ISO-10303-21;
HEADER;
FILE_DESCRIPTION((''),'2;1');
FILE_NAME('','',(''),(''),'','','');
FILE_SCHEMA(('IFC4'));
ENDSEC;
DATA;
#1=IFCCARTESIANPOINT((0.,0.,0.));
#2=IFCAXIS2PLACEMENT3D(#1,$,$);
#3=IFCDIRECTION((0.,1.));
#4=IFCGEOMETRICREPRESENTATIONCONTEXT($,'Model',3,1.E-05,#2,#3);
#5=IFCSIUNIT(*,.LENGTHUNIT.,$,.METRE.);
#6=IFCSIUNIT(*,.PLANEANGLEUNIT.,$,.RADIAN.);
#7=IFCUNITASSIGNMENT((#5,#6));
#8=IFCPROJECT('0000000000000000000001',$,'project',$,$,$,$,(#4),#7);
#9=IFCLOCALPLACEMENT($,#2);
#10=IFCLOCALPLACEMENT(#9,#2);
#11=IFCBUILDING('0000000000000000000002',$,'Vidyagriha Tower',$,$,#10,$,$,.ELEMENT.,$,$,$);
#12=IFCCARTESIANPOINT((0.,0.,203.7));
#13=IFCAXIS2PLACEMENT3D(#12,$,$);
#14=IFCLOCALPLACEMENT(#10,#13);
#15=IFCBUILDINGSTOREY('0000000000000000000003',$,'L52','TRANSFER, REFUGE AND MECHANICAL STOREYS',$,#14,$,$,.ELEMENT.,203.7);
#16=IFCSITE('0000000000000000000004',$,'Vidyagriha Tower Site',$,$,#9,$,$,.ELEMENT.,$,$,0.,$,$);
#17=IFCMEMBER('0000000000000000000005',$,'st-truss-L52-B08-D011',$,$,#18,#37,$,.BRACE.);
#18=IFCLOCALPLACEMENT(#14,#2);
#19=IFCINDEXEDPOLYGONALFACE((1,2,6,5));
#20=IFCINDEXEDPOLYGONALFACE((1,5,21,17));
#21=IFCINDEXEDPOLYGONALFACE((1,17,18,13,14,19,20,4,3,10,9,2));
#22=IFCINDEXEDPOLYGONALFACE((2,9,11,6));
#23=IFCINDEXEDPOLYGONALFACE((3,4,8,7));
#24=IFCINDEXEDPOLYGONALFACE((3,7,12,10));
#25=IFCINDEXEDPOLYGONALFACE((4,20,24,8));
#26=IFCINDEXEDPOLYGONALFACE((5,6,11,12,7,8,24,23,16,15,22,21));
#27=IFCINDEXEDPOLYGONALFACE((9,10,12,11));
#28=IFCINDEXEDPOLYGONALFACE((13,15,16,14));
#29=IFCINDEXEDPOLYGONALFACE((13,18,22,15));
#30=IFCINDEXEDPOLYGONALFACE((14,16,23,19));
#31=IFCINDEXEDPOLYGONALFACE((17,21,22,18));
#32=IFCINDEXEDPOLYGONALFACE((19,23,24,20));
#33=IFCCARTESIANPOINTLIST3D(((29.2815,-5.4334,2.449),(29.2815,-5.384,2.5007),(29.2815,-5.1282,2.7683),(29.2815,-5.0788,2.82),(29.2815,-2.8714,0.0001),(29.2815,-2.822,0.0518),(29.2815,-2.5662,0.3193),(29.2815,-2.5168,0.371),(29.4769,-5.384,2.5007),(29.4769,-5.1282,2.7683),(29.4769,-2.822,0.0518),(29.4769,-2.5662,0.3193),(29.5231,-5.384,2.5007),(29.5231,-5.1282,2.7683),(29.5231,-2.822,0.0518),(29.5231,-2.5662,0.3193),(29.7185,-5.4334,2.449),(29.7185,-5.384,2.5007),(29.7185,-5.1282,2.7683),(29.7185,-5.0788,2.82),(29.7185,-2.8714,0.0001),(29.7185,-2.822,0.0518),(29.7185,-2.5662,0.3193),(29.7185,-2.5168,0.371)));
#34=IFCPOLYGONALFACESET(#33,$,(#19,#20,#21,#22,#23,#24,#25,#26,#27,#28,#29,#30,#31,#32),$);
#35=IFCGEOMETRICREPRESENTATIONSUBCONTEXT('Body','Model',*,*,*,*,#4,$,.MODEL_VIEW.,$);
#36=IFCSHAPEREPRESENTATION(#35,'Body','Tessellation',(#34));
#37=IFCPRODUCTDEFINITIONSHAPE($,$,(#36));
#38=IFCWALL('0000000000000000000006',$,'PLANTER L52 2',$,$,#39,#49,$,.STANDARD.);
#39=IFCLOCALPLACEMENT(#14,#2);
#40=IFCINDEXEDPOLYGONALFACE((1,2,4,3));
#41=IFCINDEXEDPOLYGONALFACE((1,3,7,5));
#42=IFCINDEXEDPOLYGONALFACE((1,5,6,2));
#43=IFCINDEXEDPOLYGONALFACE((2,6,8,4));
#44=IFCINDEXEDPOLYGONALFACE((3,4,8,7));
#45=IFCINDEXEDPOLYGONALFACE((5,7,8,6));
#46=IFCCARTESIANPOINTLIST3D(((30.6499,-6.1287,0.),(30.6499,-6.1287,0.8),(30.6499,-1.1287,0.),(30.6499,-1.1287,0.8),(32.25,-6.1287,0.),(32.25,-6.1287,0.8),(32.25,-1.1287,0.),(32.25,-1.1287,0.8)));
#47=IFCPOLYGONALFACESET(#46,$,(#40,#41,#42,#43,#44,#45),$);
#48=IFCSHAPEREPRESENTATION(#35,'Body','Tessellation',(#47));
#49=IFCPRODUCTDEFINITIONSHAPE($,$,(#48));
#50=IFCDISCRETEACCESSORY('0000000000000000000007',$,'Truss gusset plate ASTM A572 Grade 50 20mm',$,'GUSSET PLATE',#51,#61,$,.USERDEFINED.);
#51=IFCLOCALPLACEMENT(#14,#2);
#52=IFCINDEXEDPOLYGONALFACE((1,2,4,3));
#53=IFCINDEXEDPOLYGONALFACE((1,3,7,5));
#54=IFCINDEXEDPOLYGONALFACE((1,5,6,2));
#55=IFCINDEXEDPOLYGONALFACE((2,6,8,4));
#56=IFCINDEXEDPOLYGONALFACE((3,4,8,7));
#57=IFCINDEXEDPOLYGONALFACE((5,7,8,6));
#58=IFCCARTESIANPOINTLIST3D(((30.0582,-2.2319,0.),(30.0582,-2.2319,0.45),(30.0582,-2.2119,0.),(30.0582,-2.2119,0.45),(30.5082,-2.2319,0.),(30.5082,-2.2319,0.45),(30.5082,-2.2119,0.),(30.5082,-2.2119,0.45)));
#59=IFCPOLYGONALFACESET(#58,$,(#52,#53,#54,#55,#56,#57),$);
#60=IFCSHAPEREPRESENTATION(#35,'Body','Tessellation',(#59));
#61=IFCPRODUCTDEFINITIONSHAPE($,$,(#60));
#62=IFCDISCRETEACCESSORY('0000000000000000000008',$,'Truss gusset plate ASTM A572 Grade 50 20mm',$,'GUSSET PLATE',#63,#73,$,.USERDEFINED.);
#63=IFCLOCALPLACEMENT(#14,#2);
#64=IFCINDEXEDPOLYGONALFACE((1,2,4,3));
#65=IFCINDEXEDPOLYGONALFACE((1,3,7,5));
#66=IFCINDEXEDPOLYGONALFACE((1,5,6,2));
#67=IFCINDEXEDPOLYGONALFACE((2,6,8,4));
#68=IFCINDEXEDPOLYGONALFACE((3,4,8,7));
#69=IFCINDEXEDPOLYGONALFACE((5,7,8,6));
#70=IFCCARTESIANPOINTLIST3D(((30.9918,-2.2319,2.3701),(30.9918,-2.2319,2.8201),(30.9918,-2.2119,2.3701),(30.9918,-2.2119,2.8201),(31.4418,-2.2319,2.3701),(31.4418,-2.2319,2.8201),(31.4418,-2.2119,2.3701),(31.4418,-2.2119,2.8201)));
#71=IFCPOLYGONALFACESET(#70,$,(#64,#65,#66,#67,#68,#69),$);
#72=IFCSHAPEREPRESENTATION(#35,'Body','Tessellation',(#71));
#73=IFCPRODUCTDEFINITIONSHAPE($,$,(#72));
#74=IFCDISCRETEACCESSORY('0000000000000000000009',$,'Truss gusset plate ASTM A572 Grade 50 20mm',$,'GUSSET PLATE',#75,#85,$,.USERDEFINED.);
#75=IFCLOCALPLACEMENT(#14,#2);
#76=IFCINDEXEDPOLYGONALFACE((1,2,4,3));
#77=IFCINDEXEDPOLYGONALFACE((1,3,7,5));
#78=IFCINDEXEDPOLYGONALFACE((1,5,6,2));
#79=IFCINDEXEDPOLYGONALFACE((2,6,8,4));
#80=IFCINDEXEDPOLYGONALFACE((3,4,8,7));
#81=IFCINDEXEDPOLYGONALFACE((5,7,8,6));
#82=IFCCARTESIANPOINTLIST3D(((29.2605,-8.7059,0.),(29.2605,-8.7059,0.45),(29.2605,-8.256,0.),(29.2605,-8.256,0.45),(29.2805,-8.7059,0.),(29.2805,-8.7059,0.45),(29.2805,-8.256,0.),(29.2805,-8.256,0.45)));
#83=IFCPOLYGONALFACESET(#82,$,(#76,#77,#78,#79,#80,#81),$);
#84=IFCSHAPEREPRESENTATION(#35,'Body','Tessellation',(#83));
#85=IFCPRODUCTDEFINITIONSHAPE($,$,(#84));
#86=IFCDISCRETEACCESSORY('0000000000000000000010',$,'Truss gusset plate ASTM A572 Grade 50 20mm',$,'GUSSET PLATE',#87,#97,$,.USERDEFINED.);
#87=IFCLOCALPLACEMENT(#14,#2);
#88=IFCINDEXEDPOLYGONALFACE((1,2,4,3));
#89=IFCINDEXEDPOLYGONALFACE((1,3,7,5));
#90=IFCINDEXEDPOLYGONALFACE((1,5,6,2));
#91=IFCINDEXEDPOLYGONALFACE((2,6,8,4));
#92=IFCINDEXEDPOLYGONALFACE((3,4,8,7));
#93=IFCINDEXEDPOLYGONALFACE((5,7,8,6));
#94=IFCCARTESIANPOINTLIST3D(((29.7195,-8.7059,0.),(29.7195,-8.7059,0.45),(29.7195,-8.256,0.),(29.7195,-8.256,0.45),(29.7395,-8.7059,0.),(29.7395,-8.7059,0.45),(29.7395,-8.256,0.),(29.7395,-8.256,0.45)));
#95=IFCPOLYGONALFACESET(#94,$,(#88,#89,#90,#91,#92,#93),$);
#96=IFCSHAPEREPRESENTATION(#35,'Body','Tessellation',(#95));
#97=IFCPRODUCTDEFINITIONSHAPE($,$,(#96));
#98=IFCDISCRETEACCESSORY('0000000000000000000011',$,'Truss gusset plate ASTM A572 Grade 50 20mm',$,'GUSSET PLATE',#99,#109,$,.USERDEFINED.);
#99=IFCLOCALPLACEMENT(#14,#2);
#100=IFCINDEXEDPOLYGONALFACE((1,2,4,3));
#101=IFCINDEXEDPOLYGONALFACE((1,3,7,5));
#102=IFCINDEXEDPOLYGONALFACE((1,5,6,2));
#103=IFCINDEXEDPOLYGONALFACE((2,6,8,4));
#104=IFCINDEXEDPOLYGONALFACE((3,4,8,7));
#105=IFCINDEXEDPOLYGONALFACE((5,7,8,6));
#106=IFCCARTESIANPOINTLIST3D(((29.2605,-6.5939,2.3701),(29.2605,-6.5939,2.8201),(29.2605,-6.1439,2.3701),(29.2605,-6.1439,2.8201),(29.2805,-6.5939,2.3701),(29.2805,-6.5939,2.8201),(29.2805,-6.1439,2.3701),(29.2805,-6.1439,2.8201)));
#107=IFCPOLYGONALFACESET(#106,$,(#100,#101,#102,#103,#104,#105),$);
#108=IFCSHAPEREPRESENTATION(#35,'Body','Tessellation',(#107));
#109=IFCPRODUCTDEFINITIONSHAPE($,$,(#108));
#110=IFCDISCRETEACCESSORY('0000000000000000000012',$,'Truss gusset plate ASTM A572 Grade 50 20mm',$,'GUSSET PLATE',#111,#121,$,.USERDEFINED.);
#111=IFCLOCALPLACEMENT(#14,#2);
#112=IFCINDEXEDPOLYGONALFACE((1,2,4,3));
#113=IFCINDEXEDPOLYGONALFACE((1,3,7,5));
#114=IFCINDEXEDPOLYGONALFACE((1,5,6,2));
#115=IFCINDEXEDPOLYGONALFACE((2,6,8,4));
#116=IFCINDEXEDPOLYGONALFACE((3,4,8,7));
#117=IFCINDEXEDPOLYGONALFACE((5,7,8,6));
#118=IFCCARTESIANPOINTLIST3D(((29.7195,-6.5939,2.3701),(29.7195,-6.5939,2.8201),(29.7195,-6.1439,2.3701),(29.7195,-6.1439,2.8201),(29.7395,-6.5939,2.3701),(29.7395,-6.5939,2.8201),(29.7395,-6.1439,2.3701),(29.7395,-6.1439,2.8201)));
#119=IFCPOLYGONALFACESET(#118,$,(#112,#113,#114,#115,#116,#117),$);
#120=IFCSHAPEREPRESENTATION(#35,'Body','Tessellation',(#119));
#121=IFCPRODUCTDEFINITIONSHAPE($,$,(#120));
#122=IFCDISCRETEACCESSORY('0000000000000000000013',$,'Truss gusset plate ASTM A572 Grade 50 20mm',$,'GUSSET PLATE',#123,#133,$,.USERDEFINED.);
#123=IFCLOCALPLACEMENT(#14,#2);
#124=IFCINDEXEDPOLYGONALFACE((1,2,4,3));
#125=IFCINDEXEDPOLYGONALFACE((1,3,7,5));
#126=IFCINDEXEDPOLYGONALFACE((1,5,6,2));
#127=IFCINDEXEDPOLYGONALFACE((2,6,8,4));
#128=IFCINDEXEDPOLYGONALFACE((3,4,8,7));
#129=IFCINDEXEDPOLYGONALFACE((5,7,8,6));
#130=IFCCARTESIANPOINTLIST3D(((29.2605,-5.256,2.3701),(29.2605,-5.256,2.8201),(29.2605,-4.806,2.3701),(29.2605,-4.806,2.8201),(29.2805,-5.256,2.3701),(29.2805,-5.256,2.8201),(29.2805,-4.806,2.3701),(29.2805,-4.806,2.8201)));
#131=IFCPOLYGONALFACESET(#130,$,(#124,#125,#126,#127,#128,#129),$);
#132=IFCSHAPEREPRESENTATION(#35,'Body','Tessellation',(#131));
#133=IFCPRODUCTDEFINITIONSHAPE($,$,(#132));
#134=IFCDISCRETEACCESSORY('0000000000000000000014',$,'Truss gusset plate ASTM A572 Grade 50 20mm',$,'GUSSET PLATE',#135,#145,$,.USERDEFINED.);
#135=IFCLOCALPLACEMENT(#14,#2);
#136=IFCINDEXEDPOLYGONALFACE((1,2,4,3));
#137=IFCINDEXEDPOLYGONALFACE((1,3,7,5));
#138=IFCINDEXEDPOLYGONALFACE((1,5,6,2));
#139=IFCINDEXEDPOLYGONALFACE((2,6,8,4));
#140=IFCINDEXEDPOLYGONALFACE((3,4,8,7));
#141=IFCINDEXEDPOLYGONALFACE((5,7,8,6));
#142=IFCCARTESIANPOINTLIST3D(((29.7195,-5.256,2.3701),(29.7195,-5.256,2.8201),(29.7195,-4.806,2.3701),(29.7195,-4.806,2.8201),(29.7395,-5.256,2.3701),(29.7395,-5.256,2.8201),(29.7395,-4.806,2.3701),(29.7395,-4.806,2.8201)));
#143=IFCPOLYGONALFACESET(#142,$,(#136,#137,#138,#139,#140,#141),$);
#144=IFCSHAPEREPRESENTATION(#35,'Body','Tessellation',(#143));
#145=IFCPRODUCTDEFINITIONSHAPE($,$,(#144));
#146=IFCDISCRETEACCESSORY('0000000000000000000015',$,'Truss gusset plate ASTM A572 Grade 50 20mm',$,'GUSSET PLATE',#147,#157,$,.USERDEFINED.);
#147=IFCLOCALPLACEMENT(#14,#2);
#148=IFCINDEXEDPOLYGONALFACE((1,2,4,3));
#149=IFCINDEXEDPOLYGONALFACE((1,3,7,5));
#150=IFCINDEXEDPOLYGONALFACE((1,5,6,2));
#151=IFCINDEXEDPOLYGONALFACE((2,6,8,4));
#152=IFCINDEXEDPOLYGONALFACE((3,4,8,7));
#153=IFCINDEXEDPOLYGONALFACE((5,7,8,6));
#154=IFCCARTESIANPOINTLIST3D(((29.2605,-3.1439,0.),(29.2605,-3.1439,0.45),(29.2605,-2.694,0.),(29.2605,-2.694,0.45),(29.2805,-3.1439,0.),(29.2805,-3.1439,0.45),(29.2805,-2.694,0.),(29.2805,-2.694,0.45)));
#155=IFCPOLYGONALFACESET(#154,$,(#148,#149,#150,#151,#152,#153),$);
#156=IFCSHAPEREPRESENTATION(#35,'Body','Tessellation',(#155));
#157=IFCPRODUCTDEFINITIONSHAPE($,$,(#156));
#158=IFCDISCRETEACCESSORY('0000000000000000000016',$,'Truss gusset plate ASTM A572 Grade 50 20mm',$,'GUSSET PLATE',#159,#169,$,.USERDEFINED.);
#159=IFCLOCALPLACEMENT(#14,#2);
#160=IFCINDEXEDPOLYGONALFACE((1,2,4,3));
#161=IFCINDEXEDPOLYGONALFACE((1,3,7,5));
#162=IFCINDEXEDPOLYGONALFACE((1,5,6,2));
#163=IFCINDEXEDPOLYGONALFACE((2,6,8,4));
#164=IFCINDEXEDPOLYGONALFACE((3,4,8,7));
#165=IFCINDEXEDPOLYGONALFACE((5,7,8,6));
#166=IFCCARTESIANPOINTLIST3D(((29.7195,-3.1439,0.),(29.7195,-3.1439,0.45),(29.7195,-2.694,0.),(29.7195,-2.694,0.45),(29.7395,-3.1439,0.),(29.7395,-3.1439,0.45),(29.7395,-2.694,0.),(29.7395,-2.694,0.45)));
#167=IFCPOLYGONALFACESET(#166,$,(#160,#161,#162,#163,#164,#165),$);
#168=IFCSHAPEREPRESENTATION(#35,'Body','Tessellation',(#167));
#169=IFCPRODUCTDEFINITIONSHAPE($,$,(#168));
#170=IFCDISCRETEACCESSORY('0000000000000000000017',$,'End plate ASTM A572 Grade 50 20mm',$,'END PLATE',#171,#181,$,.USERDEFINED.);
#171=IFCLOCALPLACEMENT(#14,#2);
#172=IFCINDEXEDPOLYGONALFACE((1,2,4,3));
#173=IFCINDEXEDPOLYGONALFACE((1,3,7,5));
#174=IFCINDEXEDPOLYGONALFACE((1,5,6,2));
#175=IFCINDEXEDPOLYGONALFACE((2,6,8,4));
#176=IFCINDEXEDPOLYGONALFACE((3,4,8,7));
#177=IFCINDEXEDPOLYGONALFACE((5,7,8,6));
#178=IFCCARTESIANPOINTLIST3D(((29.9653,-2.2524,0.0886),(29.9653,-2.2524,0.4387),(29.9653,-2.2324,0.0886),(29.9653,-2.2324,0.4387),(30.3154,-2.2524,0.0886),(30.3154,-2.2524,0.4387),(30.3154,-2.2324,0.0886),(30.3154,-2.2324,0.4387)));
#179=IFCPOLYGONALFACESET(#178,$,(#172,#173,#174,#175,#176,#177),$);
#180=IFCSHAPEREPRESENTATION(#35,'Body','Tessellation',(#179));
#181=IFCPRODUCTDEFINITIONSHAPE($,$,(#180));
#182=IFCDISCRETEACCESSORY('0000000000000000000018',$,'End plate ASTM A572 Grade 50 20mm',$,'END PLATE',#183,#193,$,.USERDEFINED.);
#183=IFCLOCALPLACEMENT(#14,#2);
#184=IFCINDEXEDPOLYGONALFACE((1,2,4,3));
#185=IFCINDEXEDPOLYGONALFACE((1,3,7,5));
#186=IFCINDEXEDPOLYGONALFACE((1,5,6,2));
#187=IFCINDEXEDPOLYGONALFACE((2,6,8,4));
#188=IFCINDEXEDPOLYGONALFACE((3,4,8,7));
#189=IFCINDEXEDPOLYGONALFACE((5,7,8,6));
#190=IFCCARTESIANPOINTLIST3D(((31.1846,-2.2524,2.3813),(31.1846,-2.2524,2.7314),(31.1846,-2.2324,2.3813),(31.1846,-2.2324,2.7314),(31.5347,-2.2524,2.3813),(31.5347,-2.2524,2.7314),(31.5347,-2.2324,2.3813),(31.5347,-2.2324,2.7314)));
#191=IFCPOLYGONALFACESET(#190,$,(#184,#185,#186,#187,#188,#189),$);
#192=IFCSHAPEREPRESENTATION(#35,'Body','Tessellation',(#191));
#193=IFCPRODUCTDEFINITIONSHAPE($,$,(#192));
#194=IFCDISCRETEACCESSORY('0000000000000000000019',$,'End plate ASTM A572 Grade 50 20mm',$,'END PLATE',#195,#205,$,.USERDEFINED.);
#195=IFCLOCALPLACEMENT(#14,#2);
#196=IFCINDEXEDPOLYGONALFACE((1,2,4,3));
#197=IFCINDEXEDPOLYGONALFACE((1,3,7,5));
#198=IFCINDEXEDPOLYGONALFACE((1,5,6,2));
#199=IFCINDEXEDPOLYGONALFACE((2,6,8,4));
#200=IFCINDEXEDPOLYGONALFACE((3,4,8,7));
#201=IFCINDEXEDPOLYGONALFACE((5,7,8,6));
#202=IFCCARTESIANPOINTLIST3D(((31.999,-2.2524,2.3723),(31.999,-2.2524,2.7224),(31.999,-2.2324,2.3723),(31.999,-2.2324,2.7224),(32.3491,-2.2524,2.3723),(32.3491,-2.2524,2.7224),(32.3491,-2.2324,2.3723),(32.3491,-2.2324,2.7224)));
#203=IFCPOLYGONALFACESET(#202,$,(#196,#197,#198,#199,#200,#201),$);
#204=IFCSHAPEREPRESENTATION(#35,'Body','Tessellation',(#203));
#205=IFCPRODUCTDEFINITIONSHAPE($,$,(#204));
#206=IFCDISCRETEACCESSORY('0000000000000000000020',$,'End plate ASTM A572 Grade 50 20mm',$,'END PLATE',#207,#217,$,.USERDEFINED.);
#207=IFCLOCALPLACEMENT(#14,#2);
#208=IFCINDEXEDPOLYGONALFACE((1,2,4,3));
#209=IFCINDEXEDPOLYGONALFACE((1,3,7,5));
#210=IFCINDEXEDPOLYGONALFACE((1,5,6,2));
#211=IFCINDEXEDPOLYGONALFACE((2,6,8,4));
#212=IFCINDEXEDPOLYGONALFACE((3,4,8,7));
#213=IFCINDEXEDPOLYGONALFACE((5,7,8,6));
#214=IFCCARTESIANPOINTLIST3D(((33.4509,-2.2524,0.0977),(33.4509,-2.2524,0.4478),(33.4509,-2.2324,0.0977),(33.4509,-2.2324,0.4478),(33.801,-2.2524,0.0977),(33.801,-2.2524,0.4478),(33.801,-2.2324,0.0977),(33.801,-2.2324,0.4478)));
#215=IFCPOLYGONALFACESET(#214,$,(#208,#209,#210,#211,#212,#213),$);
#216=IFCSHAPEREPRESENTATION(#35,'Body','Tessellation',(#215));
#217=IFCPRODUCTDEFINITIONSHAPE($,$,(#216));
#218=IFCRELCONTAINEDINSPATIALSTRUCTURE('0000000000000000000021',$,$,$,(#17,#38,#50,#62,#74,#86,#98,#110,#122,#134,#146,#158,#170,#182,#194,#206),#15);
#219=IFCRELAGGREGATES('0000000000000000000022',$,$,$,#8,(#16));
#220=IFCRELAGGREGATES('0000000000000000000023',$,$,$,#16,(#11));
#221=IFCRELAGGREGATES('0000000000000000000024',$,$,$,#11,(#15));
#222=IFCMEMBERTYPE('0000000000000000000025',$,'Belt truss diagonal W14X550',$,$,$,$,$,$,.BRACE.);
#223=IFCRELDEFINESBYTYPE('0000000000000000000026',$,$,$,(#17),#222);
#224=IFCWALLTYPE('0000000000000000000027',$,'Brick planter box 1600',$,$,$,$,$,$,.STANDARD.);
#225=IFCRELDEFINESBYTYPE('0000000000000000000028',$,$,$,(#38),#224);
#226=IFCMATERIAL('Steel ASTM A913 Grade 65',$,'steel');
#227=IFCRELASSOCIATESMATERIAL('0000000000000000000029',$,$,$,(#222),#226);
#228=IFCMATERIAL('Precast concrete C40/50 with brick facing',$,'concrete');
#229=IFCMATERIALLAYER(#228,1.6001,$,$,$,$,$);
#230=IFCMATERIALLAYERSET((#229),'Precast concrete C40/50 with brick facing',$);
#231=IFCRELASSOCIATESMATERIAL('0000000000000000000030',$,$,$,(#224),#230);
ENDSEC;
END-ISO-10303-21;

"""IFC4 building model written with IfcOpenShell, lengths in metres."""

from ifc_helpers import new_model, si_unit, direction, frame, frame_2d, origin, origin_2d, place, context, subcontext, project, spatial, rectangle, i_section, extrude, material, layer, layer_set, material_profile, profile_set, type_object, element, save


model = new_model("IFC4")

# Units and contexts
model_context = context("Model", 3, precision=1e-05, world=origin(), true_north=direction((0.0, 1.0)))
body_context = subcontext(model_context, "Body", "Model", "MODEL_VIEW")
ifc_project = project(units=[si_unit("LENGTHUNIT", "METRE"), si_unit("PLANEANGLEUNIT", "RADIAN")], contexts=[model_context])

# Site, building, storey
site_placement = place(None, origin())
site = spatial("IfcSite", under=ifc_project, at=site_placement, Name="Vidyagriha Tower Site", CompositionType="ELEMENT", RefElevation=0.0)
building_placement = place(site_placement, origin())
building = spatial("IfcBuilding", under=site, at=building_placement, Name="Vidyagriha Tower", CompositionType="ELEMENT")
storey_placement = place(building_placement, frame((0.0, 0.0, 203.7)))
storey = spatial("IfcBuildingStorey", under=building, at=storey_placement, Name="L52", Description="TRANSFER, REFUGE AND MECHANICAL STOREYS", CompositionType="ELEMENT", Elevation=203.7)

# Member
ifc_material_1 = material(Name="Steel ASTM A913 Grade 65", Category="steel")
ifc_material_profile = material_profile(ifc_material_1, i_section(OverallWidth=0.437, OverallDepth=0.5132, WebThickness=0.0461, FlangeThickness=0.0715, at=origin_2d()), Name="W14X550")
ifc_profile_set = profile_set([ifc_material_profile], Name="Steel ASTM A913 Grade 65")
member_type = type_object("IfcMemberType", Name="Belt truss diagonal W14X550", PredefinedType="BRACE", material=ifc_profile_set)
member_placement = place(storey_placement, frame((29.5, -5.2561, 2.6345), z_axis=(0.0, 0.722874, -0.69098), x_axis=(-1.0, 0.0, 0.0)))
element("IfcMember", 1, at=member_placement, inside=storey, type_object=member_type, Name="st-truss-L52-B08-D011", PredefinedType="BRACE", context=body_context, shape_type="SweptSolid", body=[
    extrude(i_section(OverallWidth=0.437, OverallDepth=0.5132, WebThickness=0.0461, FlangeThickness=0.0715, at=origin_2d()), origin(), (0.0, 0.0, 1.0), 3.5442),
])

# Wall
ifc_material_2 = material(Name="Precast concrete C40/50 with brick facing", Category="concrete")
ifc_layer = layer(ifc_material_2, 1.6001)
ifc_layer_set = layer_set([ifc_layer], Name="Precast concrete C40/50 with brick facing")
wall_type = type_object("IfcWallType", Name="Brick planter box 1600", PredefinedType="STANDARD", material=ifc_layer_set)
wall_placement = place(storey_placement, frame((31.45, -6.1287, 0.0), z_axis=(0.0, 0.0, 1.0), x_axis=(0.0, 1.0, 0.0)))
element("IfcWall", 2, at=wall_placement, inside=storey, type_object=wall_type, Name="PLANTER L52 2", PredefinedType="STANDARD", context=body_context, shape_type="SweptSolid", body=[
    extrude(rectangle(XDim=5.0, YDim=1.6001, at=frame_2d((2.5, 0.0))), origin(), (0.0, 0.0, 1.0), 0.8),
])

# Discrete accessories
for number, where, name in (
    (3, (30.2832, -2.2219, 0.0), "Truss gusset plate ASTM A572 Grade 50 20mm"),
    (4, (31.2168, -2.2219, 2.3701), "Truss gusset plate ASTM A572 Grade 50 20mm"),
):
    element("IfcDiscreteAccessory", number, at=place(storey_placement, frame(where)), inside=storey, Name=name, ObjectType="GUSSET PLATE", PredefinedType="USERDEFINED", context=body_context, shape_type="SweptSolid", body=[
        extrude(rectangle(XDim=0.45, YDim=0.02, at=origin_2d()), origin(), (0.0, 0.0, 1.0), 0.45),
    ])
for number, where, z_axis, x_axis, name in (
    (5, (29.2705, -8.481, 0.0), (0.0, 0.0, 1.0), (0.0, 1.0, 0.0), "Truss gusset plate ASTM A572 Grade 50 20mm"),
    (6, (29.7295, -8.481, 0.0), (0.0, 0.0, 1.0), (0.0, 1.0, 0.0), "Truss gusset plate ASTM A572 Grade 50 20mm"),
    (7, (29.2705, -6.3689, 2.3701), (0.0, 0.0, 1.0), (0.0, 1.0, 0.0), "Truss gusset plate ASTM A572 Grade 50 20mm"),
    (8, (29.7295, -6.3689, 2.3701), (0.0, 0.0, 1.0), (0.0, 1.0, 0.0), "Truss gusset plate ASTM A572 Grade 50 20mm"),
    (9, (29.2705, -5.031, 2.3701), (0.0, 0.0, 1.0), (0.0, 1.0, 0.0), "Truss gusset plate ASTM A572 Grade 50 20mm"),
    (10, (29.7295, -5.031, 2.3701), (0.0, 0.0, 1.0), (0.0, 1.0, 0.0), "Truss gusset plate ASTM A572 Grade 50 20mm"),
    (11, (29.2705, -2.9189, 0.0), (0.0, 0.0, 1.0), (0.0, 1.0, 0.0), "Truss gusset plate ASTM A572 Grade 50 20mm"),
    (12, (29.7295, -2.9189, 0.0), (0.0, 0.0, 1.0), (0.0, 1.0, 0.0), "Truss gusset plate ASTM A572 Grade 50 20mm"),
):
    element("IfcDiscreteAccessory", number, at=place(storey_placement, frame(where, z_axis=z_axis, x_axis=x_axis)), inside=storey, Name=name, ObjectType="GUSSET PLATE", PredefinedType="USERDEFINED", context=body_context, shape_type="SweptSolid", body=[
        extrude(rectangle(XDim=0.45, YDim=0.02, at=origin_2d()), origin(), (0.0, 0.0, 1.0), 0.45),
    ])
discrete_accessory_1_placement = place(storey_placement, frame((30.1404, -2.2424, 0.0886), z_axis=(0.0, 0.0, 1.0), x_axis=(-1.0, 0.0, 0.0)))
element("IfcDiscreteAccessory", 13, at=discrete_accessory_1_placement, inside=storey, Name="End plate ASTM A572 Grade 50 20mm", ObjectType="END PLATE", PredefinedType="USERDEFINED", context=body_context, shape_type="SweptSolid", body=[
    extrude(rectangle(XDim=0.3501, YDim=0.02, at=origin_2d()), origin(), (0.0, 0.0, 1.0), 0.3501),
])
discrete_accessory_2_placement = place(storey_placement, frame((31.3596, -2.2424, 2.3813)))
element("IfcDiscreteAccessory", 14, at=discrete_accessory_2_placement, inside=storey, Name="End plate ASTM A572 Grade 50 20mm", ObjectType="END PLATE", PredefinedType="USERDEFINED", context=body_context, shape_type="SweptSolid", body=[
    extrude(rectangle(XDim=0.3501, YDim=0.02, at=origin_2d()), origin(), (0.0, 0.0, 1.0), 0.3501),
])
discrete_accessory_3_placement = place(storey_placement, frame((32.1741, -2.2424, 2.3723), z_axis=(0.0, 0.0, 1.0), x_axis=(-1.0, 0.0, 0.0)))
element("IfcDiscreteAccessory", 15, at=discrete_accessory_3_placement, inside=storey, Name="End plate ASTM A572 Grade 50 20mm", ObjectType="END PLATE", PredefinedType="USERDEFINED", context=body_context, shape_type="SweptSolid", body=[
    extrude(rectangle(XDim=0.3501, YDim=0.02, at=origin_2d()), origin(), (0.0, 0.0, 1.0), 0.3501),
])
discrete_accessory_4_placement = place(storey_placement, frame((33.626, -2.2424, 0.0977)))
element("IfcDiscreteAccessory", 16, at=discrete_accessory_4_placement, inside=storey, Name="End plate ASTM A572 Grade 50 20mm", ObjectType="END PLATE", PredefinedType="USERDEFINED", context=body_context, shape_type="SweptSolid", body=[
    extrude(rectangle(XDim=0.3501, YDim=0.02, at=origin_2d()), origin(), (0.0, 0.0, 1.0), 0.3501),
])

save(model, "model.ifc")
